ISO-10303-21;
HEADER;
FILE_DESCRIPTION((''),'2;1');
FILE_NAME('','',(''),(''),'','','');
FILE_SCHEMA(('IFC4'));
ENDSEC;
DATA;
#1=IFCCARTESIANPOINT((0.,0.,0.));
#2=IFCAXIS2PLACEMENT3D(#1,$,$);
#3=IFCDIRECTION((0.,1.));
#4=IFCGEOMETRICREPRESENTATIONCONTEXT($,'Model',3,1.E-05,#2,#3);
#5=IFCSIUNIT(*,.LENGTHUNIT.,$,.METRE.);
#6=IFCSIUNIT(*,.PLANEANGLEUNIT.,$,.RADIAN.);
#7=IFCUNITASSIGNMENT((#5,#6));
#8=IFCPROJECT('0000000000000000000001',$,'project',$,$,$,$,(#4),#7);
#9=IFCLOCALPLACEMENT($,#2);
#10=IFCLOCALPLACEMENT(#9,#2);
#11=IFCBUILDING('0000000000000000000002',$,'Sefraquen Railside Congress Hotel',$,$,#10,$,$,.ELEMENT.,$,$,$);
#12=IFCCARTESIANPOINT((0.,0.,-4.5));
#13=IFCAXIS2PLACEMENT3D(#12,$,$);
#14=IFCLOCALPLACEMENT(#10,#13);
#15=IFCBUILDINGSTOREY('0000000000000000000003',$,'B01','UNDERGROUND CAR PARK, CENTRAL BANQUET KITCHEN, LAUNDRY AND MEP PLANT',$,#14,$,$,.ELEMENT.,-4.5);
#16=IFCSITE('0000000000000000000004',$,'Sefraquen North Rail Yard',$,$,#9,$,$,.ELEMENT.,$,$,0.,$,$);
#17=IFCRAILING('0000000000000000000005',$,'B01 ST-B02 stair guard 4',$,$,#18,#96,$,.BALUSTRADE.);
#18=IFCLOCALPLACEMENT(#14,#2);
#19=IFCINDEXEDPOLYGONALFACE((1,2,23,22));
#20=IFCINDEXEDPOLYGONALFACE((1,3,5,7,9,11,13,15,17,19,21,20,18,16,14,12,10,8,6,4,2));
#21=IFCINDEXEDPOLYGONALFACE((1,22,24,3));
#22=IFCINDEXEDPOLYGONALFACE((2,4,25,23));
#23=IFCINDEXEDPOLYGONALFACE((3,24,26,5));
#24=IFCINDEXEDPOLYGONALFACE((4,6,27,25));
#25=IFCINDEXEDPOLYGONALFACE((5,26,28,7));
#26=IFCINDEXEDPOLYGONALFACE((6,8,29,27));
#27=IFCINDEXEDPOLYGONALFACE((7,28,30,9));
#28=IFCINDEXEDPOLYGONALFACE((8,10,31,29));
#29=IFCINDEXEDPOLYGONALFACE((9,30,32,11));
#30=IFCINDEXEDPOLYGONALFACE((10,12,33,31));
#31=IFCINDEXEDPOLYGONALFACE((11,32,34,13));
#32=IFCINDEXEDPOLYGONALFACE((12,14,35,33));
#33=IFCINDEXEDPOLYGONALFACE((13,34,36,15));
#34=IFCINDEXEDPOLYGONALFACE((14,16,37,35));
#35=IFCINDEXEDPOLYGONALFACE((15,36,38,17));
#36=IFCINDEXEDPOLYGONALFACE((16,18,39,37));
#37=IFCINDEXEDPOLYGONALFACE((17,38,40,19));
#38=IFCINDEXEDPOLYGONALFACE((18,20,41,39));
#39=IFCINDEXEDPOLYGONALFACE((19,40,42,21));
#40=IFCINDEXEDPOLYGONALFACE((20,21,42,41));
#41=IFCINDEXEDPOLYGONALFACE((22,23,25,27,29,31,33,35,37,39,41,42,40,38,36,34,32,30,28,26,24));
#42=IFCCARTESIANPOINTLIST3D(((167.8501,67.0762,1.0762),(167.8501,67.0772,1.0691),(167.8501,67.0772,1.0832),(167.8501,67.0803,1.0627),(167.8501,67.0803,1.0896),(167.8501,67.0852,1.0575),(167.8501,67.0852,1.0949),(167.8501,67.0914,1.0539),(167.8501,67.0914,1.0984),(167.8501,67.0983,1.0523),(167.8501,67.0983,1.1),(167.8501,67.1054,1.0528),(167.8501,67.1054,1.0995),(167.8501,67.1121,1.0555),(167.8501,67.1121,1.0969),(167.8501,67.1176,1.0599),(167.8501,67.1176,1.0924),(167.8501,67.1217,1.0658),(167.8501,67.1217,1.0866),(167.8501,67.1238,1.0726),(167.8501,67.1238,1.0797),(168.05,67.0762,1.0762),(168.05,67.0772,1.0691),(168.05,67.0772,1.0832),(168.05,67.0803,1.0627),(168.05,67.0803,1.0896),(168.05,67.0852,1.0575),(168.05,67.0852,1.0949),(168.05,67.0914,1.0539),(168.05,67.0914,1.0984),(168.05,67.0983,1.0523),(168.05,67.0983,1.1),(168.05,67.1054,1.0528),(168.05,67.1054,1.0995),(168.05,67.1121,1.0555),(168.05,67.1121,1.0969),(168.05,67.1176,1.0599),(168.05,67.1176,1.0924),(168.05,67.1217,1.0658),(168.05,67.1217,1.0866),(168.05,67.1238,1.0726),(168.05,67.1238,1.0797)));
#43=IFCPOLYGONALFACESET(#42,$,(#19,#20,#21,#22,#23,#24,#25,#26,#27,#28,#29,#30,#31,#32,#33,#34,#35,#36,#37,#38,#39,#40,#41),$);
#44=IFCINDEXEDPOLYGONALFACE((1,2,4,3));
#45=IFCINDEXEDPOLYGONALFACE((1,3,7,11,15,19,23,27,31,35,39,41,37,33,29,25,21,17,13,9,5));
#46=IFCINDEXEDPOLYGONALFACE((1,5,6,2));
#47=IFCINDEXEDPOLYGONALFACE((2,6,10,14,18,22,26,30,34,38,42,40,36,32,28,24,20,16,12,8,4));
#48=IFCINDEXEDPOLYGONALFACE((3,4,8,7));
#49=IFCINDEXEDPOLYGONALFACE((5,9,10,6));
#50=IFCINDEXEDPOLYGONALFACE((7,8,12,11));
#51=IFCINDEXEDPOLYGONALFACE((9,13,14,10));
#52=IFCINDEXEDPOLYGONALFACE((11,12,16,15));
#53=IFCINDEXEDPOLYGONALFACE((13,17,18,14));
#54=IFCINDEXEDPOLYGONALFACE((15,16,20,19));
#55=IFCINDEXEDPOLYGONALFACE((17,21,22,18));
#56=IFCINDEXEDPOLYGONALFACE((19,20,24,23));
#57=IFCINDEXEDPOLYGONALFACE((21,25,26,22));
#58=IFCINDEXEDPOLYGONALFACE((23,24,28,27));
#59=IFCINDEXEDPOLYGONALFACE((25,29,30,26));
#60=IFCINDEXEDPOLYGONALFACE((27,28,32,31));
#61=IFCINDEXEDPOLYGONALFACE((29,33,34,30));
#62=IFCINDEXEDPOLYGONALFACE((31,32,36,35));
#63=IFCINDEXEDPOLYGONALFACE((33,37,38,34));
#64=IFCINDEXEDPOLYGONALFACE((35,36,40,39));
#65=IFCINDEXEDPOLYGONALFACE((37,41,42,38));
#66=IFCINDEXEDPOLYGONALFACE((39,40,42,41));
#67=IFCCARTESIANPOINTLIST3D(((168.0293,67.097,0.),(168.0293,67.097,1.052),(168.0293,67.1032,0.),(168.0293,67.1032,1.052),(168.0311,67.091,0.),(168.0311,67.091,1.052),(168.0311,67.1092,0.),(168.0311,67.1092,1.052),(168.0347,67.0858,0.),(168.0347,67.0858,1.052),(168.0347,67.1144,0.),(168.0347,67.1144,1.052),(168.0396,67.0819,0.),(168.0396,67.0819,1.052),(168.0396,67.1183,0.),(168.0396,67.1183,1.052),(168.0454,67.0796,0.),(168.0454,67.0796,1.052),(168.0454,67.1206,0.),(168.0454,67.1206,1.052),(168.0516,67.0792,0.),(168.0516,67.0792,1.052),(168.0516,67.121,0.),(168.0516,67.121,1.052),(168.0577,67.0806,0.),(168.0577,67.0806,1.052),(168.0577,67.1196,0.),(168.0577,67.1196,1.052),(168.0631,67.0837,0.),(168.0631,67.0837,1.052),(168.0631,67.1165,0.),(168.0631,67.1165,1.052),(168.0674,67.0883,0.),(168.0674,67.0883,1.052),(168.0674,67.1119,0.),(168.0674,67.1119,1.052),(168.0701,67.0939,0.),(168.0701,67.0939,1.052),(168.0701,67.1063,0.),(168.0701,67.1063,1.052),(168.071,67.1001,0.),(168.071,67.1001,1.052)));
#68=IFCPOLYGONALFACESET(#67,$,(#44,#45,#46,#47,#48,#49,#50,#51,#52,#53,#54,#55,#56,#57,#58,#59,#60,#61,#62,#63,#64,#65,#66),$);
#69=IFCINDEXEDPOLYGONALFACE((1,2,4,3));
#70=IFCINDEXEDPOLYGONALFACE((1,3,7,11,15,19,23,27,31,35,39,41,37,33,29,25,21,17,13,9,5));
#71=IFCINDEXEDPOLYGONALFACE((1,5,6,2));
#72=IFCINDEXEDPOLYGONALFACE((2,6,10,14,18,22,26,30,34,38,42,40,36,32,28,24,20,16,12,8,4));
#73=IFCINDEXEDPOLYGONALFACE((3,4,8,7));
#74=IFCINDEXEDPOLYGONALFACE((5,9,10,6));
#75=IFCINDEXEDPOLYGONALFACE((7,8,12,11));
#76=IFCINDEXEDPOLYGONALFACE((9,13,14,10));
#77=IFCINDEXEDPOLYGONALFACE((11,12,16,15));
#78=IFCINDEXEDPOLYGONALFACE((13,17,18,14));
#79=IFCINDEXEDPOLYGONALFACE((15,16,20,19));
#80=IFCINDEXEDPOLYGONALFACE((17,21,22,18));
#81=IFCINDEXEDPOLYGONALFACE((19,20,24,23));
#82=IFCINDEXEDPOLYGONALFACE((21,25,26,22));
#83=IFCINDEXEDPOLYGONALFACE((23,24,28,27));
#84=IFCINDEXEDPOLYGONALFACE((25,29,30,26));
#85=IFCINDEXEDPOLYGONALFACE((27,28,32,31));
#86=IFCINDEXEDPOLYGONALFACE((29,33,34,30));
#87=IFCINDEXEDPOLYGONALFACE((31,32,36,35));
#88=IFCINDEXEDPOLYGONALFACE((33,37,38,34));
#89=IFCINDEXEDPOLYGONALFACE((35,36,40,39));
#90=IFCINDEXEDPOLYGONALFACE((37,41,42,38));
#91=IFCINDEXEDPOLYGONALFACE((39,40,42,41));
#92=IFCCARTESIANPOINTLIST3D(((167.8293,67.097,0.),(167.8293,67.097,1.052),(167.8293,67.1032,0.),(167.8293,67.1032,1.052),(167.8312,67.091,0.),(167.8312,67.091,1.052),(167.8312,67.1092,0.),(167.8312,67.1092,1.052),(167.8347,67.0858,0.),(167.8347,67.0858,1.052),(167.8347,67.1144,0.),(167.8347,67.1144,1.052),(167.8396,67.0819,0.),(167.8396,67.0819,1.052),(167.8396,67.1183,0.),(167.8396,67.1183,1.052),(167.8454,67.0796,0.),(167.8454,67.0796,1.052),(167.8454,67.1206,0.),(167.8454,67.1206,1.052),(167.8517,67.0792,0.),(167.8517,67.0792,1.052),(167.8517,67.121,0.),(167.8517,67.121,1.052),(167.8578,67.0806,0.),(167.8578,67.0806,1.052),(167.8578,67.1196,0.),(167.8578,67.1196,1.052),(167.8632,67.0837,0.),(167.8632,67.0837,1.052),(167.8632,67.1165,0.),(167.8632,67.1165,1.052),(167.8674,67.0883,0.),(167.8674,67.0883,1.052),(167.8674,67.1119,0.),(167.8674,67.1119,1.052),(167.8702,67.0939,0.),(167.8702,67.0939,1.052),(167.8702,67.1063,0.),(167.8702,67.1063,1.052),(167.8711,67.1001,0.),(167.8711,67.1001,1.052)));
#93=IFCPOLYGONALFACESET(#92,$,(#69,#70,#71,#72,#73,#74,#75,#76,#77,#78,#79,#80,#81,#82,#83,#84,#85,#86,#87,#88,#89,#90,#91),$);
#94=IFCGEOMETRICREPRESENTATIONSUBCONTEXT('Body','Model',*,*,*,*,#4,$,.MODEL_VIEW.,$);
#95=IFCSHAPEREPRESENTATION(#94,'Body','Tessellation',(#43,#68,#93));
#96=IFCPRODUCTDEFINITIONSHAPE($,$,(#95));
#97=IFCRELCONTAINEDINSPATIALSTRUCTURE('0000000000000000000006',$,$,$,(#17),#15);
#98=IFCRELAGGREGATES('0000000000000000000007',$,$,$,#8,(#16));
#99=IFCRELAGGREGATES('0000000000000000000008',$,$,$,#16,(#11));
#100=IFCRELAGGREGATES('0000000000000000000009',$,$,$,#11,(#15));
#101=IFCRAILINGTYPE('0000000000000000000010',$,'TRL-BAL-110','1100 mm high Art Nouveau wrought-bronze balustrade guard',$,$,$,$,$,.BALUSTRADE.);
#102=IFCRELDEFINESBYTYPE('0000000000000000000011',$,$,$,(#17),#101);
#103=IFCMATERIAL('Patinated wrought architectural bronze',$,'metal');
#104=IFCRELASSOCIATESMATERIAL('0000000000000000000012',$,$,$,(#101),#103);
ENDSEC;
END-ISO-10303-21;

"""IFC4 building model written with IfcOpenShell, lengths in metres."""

from ifc_helpers import new_model, si_unit, direction, frame, origin, origin_2d, place, context, subcontext, project, spatial, circle, extrude, material, type_object, element, save


model = new_model("IFC4")

# Units and contexts
model_context = context("Model", 3, precision=1e-05, world=origin(), true_north=direction((0.0, 1.0)))
body_context = subcontext(model_context, "Body", "Model", "MODEL_VIEW")
ifc_project = project(units=[si_unit("LENGTHUNIT", "METRE"), si_unit("PLANEANGLEUNIT", "RADIAN")], contexts=[model_context])

# Site, building, storey
site_placement = place(None, origin())
site = spatial("IfcSite", under=ifc_project, at=site_placement, Name="Sefraquen North Rail Yard", CompositionType="ELEMENT", RefElevation=0.0)
building_placement = place(site_placement, origin())
building = spatial("IfcBuilding", under=site, at=building_placement, Name="Sefraquen Railside Congress Hotel", CompositionType="ELEMENT")
storey_placement = place(building_placement, frame((0.0, 0.0, -4.5)))
storey = spatial("IfcBuildingStorey", under=building, at=storey_placement, Name="B01", Description="UNDERGROUND CAR PARK, CENTRAL BANQUET KITCHEN, LAUNDRY AND MEP PLANT", CompositionType="ELEMENT", Elevation=-4.5)

# Railing
ifc_material_1 = material(Name="Patinated wrought architectural bronze", Category="metal")
railing_type_1 = type_object("IfcRailingType", Name="TRL-BAL-110", Description="1100 mm high Art Nouveau wrought-bronze balustrade guard", PredefinedType="BALUSTRADE", material=ifc_material_1)
railing_1_placement = place(storey_placement, frame((168.05, 67.1001, 0.0)))
element("IfcRailing", 1, at=railing_1_placement, inside=storey, type_object=railing_type_1, Name="B01 ST-B02 stair guard 4", PredefinedType="BALUSTRADE", context=body_context, shape_type="SweptSolid", body=[
    extrude(circle(Radius=0.0239, at=origin_2d()), frame((0.0, 0.0, 1.0762), z_axis=(-1.0, 0.0, 0.0), x_axis=(0.0, -1.0, 0.0)), (0.0, 0.0, 1.0), 0.2),
    extrude(circle(Radius=0.021, at=origin_2d()), origin(), (0.0, 0.0, 1.0), 1.052),
    extrude(circle(Radius=0.021, at=origin_2d()), frame((-0.2, 0.0, 0.0)), (0.0, 0.0, 1.0), 1.052),
])

save(model, "model.ifc")
